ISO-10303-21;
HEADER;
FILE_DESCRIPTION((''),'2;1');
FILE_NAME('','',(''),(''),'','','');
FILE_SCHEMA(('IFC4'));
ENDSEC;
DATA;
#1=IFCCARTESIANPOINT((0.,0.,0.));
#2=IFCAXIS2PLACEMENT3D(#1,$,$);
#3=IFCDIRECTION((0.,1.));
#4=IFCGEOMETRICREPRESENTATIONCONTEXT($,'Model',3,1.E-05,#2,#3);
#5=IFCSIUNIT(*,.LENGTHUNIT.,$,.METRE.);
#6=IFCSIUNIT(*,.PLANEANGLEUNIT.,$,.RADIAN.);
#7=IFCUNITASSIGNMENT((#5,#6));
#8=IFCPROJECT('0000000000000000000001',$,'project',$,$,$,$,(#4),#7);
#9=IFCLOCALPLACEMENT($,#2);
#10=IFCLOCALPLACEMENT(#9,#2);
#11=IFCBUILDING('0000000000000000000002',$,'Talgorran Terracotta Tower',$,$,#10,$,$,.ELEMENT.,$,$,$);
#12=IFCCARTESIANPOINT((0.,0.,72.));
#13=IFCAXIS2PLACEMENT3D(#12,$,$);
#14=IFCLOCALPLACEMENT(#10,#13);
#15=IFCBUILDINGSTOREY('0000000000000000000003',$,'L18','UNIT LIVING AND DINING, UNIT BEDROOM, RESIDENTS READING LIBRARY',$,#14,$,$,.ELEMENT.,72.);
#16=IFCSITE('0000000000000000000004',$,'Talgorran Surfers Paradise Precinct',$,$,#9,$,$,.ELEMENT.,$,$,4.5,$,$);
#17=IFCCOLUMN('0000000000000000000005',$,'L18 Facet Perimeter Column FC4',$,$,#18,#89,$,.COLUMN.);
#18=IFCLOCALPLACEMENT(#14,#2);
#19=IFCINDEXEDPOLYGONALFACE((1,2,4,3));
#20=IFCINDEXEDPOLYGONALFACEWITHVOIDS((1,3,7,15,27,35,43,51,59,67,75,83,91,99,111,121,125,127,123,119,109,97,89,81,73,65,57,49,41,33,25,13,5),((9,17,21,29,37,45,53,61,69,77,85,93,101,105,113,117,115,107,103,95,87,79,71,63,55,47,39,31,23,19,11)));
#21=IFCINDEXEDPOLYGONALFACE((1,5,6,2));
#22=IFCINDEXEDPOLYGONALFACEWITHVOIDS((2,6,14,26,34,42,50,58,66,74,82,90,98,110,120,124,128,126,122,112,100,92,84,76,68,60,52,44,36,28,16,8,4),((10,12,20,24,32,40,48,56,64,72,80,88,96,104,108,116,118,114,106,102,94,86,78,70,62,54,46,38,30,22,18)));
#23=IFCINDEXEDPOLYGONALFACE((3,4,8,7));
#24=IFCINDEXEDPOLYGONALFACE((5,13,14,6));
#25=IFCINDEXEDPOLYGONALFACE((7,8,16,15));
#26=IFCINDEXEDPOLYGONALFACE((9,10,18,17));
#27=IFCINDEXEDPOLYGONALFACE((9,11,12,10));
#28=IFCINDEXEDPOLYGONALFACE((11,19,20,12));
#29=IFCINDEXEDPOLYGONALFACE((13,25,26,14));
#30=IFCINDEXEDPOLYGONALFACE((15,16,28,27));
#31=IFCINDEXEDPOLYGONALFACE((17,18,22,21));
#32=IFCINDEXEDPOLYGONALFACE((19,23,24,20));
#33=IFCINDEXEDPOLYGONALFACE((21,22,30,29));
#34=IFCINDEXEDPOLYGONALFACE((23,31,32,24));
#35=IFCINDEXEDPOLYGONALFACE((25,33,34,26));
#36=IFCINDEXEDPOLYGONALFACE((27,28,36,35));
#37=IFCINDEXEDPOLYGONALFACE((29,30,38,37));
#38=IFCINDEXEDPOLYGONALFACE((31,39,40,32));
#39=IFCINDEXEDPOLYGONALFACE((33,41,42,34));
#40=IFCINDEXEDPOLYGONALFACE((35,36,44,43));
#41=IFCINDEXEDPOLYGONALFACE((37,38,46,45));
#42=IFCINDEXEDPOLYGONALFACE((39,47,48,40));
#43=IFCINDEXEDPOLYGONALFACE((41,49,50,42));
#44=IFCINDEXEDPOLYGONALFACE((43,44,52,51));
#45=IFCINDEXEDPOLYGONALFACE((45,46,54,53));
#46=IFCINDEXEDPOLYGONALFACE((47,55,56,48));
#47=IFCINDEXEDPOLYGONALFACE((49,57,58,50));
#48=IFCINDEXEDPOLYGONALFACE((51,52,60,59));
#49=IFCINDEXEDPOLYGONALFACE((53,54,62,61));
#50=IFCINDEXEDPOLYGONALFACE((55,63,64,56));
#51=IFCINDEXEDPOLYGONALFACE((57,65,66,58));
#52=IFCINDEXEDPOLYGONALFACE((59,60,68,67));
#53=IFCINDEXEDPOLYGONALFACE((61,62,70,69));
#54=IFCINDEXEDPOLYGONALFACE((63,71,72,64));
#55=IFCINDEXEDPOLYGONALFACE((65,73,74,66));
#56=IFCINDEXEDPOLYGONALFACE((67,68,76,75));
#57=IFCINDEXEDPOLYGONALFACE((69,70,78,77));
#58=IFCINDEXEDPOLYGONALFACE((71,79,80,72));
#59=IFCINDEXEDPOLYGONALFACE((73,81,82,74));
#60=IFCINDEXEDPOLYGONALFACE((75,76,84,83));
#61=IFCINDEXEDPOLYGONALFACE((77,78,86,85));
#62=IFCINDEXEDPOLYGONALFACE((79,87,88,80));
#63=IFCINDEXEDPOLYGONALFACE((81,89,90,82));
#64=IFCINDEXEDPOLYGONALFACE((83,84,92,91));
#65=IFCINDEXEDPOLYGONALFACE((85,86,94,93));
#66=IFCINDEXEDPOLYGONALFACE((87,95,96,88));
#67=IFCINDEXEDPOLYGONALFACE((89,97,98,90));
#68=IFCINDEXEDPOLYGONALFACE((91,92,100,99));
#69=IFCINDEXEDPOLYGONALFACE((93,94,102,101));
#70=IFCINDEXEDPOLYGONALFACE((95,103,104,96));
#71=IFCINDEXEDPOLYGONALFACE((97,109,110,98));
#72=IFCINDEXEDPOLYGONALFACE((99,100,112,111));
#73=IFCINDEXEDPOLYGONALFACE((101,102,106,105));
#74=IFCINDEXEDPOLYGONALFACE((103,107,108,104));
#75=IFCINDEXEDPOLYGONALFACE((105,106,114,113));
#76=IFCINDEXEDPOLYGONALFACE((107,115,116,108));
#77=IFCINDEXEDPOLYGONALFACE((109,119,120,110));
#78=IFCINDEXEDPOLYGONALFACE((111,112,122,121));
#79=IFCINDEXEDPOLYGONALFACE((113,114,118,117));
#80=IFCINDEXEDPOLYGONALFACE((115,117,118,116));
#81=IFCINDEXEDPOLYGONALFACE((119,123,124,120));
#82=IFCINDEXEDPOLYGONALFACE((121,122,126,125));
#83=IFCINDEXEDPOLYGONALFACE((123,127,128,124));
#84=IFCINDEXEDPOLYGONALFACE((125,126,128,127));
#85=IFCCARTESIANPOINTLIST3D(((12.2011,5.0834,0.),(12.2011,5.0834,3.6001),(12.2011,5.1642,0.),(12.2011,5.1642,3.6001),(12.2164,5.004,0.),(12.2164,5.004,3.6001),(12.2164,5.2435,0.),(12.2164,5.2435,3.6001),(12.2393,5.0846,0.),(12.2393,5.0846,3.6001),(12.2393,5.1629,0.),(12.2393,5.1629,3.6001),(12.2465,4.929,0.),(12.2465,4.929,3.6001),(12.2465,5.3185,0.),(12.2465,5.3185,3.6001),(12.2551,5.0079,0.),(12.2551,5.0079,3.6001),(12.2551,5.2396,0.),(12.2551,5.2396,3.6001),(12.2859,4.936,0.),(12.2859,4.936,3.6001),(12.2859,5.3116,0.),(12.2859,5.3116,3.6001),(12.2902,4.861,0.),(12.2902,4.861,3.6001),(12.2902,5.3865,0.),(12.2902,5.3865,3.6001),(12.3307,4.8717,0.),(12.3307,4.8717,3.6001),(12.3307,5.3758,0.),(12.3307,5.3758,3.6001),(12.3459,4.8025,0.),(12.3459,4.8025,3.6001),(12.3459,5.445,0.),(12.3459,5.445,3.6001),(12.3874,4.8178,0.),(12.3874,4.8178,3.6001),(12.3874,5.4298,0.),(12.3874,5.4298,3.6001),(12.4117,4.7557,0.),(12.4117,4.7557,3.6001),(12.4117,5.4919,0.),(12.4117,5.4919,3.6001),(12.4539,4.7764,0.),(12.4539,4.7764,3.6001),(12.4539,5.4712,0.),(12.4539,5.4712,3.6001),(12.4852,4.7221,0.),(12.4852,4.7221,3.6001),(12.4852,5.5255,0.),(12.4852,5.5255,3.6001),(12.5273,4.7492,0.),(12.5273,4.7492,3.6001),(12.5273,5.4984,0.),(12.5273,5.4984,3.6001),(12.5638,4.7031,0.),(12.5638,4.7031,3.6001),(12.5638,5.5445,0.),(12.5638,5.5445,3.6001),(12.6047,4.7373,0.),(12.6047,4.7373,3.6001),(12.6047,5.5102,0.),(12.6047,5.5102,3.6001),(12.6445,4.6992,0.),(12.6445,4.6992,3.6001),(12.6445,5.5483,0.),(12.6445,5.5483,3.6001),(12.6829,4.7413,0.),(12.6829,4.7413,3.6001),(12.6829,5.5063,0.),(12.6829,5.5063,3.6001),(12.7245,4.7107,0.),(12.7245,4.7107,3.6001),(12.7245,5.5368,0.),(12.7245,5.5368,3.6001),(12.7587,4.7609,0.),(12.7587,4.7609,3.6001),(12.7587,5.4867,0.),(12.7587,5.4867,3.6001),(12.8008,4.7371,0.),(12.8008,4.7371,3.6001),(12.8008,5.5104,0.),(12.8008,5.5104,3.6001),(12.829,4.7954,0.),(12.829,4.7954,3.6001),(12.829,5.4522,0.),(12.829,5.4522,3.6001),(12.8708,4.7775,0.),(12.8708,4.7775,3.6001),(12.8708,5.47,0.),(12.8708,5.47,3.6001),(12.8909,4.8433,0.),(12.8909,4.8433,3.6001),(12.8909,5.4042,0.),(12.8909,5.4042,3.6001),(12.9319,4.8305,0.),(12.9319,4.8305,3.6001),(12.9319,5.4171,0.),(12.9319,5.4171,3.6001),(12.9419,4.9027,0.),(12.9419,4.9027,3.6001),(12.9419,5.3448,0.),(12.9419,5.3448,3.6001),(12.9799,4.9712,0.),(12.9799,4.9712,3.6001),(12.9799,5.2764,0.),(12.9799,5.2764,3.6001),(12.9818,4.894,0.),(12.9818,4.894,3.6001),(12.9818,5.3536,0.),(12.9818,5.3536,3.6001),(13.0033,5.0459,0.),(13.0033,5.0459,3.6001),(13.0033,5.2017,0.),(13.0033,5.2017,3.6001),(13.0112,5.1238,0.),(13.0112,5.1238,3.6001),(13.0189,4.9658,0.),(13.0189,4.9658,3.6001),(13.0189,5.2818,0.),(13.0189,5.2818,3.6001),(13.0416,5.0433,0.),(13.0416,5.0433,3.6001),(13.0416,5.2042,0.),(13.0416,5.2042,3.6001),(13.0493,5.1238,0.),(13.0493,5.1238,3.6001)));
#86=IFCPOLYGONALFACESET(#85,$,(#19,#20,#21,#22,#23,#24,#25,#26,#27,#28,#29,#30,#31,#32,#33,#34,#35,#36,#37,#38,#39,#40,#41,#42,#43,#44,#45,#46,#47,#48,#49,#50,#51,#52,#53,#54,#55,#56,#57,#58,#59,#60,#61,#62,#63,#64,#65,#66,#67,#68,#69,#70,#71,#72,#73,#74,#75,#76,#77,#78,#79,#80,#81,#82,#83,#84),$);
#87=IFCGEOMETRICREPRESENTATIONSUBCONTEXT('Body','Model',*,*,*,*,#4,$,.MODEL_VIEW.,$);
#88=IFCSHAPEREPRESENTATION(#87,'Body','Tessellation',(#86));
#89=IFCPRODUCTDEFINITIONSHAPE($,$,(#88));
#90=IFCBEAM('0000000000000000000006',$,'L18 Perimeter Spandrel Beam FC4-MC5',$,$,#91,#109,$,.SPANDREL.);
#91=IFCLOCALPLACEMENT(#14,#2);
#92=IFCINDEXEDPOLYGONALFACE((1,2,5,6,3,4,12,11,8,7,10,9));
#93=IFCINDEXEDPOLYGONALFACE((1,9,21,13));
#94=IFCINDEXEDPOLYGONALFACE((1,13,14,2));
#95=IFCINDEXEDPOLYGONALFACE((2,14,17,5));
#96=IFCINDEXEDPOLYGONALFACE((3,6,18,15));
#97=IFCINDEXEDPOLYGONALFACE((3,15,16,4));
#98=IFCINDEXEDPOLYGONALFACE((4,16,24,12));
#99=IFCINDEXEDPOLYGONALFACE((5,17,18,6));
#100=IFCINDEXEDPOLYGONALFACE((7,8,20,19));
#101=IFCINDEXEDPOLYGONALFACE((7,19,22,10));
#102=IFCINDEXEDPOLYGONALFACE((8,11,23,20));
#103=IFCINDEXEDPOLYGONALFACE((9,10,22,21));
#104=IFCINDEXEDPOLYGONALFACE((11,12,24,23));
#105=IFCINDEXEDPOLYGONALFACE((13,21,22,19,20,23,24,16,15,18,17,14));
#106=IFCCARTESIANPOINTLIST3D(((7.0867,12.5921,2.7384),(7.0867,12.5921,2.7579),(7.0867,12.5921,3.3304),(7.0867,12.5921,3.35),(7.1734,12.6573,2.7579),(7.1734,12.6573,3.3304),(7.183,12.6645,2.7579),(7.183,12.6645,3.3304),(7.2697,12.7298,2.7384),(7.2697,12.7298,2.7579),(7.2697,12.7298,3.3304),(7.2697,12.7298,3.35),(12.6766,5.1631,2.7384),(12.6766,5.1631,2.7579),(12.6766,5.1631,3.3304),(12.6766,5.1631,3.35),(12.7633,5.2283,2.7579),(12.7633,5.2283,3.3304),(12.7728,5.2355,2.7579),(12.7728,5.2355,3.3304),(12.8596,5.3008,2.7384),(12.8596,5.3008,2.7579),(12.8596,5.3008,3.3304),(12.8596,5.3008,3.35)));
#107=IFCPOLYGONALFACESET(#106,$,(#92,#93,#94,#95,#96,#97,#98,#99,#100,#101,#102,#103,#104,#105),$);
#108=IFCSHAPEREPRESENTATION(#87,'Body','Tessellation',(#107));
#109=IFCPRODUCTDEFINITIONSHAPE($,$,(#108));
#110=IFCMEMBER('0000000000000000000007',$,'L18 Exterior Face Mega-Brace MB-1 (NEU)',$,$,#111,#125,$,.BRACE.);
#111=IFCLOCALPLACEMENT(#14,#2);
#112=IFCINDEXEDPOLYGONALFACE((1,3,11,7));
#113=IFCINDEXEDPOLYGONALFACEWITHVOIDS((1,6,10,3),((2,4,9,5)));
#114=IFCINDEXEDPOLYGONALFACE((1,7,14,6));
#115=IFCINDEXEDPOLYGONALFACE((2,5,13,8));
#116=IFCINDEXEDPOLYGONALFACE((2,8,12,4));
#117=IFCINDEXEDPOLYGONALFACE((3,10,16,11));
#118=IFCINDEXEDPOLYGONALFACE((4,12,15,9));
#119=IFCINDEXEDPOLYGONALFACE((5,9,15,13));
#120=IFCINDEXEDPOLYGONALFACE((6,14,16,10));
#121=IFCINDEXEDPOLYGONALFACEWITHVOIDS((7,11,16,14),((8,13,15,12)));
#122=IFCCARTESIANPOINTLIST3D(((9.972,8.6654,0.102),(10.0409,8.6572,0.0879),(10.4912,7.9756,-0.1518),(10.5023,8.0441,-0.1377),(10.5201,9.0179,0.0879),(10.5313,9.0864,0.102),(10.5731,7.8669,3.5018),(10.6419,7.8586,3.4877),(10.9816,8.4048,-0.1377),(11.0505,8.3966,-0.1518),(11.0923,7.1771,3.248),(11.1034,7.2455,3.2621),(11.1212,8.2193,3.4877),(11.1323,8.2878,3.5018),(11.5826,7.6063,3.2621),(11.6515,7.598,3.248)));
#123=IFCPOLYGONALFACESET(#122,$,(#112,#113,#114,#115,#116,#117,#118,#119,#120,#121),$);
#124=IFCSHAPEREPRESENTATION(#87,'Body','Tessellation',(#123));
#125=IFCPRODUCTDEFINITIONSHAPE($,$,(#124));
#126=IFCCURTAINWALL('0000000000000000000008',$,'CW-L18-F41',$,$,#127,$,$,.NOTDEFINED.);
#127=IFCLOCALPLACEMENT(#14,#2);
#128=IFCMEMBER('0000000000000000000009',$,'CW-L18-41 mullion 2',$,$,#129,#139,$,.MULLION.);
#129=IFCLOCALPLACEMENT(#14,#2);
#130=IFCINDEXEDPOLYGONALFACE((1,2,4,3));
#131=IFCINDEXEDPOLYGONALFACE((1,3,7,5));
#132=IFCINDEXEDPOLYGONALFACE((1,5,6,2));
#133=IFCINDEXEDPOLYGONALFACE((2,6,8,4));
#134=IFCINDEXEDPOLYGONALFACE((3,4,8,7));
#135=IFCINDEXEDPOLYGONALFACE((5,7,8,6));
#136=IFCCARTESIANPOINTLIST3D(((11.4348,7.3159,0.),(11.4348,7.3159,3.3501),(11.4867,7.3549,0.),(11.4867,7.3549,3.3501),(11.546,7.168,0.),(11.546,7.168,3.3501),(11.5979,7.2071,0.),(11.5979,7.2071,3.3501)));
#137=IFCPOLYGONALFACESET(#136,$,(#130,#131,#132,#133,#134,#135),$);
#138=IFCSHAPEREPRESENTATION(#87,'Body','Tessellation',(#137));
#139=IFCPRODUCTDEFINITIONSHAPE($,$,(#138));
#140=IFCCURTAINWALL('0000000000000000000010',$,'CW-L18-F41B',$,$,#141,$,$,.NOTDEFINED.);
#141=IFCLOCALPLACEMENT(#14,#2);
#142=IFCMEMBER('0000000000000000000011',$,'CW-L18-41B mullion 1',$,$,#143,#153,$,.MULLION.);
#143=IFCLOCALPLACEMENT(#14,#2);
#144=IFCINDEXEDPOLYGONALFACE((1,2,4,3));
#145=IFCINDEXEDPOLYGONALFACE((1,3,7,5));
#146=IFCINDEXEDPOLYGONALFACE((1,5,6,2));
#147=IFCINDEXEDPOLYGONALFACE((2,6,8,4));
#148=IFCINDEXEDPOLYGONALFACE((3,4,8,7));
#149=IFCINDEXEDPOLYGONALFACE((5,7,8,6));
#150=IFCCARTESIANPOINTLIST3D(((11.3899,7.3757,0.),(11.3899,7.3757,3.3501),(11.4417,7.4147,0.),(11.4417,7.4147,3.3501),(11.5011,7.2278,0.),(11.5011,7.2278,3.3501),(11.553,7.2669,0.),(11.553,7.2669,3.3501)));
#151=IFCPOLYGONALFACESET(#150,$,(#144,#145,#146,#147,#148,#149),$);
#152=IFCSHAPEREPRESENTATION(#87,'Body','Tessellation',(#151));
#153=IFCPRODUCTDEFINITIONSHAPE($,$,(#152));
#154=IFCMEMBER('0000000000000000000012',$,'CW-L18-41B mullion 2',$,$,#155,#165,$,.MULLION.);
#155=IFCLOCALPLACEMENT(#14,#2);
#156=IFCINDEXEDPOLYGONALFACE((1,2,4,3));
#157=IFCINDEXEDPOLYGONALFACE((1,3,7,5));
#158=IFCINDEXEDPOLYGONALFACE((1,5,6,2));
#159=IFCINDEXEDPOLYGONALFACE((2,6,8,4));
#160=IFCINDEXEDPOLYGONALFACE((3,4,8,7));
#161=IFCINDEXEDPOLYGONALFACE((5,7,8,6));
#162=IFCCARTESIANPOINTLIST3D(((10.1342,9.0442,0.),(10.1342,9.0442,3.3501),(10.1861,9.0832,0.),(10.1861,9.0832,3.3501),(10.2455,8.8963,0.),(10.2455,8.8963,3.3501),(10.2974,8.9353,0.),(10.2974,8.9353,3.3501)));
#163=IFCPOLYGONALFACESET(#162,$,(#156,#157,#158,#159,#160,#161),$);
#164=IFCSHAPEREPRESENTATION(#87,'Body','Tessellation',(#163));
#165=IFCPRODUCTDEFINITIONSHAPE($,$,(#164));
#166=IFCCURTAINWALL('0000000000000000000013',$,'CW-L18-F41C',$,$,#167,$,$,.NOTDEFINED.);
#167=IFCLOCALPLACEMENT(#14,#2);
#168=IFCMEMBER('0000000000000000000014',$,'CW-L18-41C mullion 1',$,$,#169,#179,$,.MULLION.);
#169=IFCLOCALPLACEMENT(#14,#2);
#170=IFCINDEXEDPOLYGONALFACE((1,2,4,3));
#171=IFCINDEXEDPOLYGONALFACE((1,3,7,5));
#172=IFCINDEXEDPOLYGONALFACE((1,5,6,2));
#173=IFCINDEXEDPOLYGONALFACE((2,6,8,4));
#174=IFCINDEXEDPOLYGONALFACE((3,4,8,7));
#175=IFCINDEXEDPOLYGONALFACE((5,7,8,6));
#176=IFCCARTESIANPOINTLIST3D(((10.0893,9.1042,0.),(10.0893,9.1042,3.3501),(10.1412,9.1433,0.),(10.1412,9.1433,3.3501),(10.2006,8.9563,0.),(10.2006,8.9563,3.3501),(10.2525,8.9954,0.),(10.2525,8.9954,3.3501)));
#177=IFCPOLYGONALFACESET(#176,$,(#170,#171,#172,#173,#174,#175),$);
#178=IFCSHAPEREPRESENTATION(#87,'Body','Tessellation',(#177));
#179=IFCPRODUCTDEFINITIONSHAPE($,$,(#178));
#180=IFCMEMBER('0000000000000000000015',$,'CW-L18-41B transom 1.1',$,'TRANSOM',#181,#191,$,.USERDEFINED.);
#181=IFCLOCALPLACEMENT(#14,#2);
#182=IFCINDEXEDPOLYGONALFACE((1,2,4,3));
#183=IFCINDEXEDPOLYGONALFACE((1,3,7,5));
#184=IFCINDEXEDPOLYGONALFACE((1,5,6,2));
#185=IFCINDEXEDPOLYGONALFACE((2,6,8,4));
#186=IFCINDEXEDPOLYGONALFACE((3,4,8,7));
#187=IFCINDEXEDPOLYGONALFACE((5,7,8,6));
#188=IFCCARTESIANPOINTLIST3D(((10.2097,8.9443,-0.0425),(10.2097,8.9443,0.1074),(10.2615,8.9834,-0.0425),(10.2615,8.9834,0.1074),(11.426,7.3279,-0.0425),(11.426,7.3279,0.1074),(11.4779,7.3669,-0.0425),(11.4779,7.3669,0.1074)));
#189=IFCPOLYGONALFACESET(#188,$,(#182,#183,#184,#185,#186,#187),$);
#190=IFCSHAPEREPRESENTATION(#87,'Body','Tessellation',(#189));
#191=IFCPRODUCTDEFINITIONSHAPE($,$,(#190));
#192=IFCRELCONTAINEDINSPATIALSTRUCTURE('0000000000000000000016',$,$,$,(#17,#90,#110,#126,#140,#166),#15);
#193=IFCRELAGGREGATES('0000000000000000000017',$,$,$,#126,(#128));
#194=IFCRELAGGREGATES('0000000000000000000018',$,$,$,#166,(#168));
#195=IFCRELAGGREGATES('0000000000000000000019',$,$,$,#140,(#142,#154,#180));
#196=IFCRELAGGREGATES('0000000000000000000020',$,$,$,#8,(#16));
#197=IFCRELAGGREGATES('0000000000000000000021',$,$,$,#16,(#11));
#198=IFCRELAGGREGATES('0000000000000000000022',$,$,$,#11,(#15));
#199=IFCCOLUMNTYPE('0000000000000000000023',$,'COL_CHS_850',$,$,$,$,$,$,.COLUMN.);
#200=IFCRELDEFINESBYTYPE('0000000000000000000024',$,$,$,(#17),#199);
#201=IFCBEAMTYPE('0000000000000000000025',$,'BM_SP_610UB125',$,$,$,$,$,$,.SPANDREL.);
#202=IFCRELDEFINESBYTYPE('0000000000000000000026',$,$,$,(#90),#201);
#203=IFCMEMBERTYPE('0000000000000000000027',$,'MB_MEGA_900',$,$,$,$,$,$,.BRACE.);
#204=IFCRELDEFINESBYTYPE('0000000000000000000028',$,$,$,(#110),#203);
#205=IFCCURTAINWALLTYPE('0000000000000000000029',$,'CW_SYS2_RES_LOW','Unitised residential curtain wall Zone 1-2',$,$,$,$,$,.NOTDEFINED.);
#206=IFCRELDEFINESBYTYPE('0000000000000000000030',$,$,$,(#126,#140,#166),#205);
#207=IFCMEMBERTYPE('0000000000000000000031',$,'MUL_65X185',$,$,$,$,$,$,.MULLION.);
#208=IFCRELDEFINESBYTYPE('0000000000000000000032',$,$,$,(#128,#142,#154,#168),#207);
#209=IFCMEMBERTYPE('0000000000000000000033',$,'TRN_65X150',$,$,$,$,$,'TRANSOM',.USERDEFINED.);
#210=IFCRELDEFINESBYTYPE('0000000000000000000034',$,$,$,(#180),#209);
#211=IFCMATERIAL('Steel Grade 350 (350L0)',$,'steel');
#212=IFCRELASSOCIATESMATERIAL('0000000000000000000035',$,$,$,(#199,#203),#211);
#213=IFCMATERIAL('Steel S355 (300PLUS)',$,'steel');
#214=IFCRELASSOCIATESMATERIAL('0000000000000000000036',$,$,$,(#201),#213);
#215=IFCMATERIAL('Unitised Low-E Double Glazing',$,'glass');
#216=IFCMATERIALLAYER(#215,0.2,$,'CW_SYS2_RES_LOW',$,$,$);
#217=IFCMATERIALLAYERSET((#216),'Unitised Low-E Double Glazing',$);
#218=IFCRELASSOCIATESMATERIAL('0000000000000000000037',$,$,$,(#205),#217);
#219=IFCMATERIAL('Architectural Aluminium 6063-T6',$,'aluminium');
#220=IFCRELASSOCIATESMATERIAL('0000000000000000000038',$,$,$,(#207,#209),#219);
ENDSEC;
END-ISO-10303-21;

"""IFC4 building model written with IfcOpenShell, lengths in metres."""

from ifc_helpers import new_model, si_unit, direction, frame, origin, origin_2d, place, context, subcontext, project, spatial, rectangle, hollow_rectangle, hollow_circle, i_section, extrude, material, layer, layer_set, material_profile, profile_set, type_object, element, aggregate, save


model = new_model("IFC4")

# Units and contexts
model_context = context("Model", 3, precision=1e-05, world=origin(), true_north=direction((0.0, 1.0)))
body_context = subcontext(model_context, "Body", "Model", "MODEL_VIEW")
ifc_project = project(units=[si_unit("LENGTHUNIT", "METRE"), si_unit("PLANEANGLEUNIT", "RADIAN")], contexts=[model_context])

# Site, building, storey
site_placement = place(None, origin())
site = spatial("IfcSite", under=ifc_project, at=site_placement, Name="Talgorran Surfers Paradise Precinct", CompositionType="ELEMENT", RefElevation=4.5)
building_placement = place(site_placement, origin())
building = spatial("IfcBuilding", under=site, at=building_placement, Name="Talgorran Terracotta Tower", CompositionType="ELEMENT")
storey_placement = place(building_placement, frame((0.0, 0.0, 72.0)))
storey = spatial("IfcBuildingStorey", under=building, at=storey_placement, Name="L18", Description="UNIT LIVING AND DINING, UNIT BEDROOM, RESIDENTS READING LIBRARY", CompositionType="ELEMENT", Elevation=72.0)

# Column
ifc_material_1 = material(Name="Steel Grade 350 (350L0)", Category="steel")
ifc_material_profile_1 = material_profile(ifc_material_1, hollow_circle(Radius=0.425, WallThickness=0.0381, at=origin_2d()), Name="CHS850X38")
ifc_profile_set_1 = profile_set([ifc_material_profile_1], Name="Steel Grade 350 (350L0)")
column_type = type_object("IfcColumnType", Name="COL_CHS_850", PredefinedType="COLUMN", material=ifc_profile_set_1)
column_placement = place(storey_placement, frame((12.6243, 5.1238, 0.0), z_axis=(0.0, 0.0, 1.0), x_axis=(1.0, 0.0, 0.0)))
element("IfcColumn", 1, at=column_placement, inside=storey, type_object=column_type, Name="L18 Facet Perimeter Column FC4", PredefinedType="COLUMN", context=body_context, shape_type="SweptSolid", body=[
    extrude(hollow_circle(Radius=0.425, WallThickness=0.0381, at=origin_2d()), origin(), (0.0, 0.0, 1.0), 3.6001),
])

# Beam
ifc_material_2 = material(Name="Steel S355 (300PLUS)", Category="steel")
ifc_material_profile_2 = material_profile(ifc_material_2, i_section(OverallWidth=0.229, OverallDepth=0.6116, WebThickness=0.012, FlangeThickness=0.0195, at=origin_2d()), Name="610UB125")
ifc_profile_set_2 = profile_set([ifc_material_profile_2], Name="Steel S355 (300PLUS)")
beam_type = type_object("IfcBeamType", Name="BM_SP_610UB125", PredefinedType="SPANDREL", material=ifc_profile_set_2)
beam_placement = place(storey_placement, frame((12.7681, 5.2319, 3.0442), z_axis=(-0.601247, 0.799063, 0.0), x_axis=(-0.799063, -0.601247, 0.0)))
element("IfcBeam", 2, at=beam_placement, inside=storey, type_object=beam_type, Name="L18 Perimeter Spandrel Beam FC4-MC5", PredefinedType="SPANDREL", context=body_context, shape_type="SweptSolid", body=[
    extrude(i_section(OverallWidth=0.229, OverallDepth=0.6116, WebThickness=0.012, FlangeThickness=0.0195, at=origin_2d()), origin(), (0.0, 0.0, 1.0), 9.2971),
])

# Member
ifc_material_profile_3 = material_profile(ifc_material_1, hollow_rectangle(XDim=0.7, YDim=0.8999, WallThickness=0.05, at=origin_2d()), Name="WBOX900X700X50")
ifc_profile_set_3 = profile_set([ifc_material_profile_3], Name="Steel Grade 350 (350L0)")
member_type_1 = type_object("IfcMemberType", Name="MB_MEGA_900", PredefinedType="BRACE", material=ifc_profile_set_3)
member_1_placement = place(storey_placement, frame((10.5112, 8.531, -0.0249), z_axis=(0.169614, -0.225348, 0.9594), x_axis=(0.798973, 0.601367, 0.0)))
element("IfcMember", 3, at=member_1_placement, inside=storey, type_object=member_type_1, Name="L18 Exterior Face Mega-Brace MB-1 (NEU)", PredefinedType="BRACE", context=body_context, shape_type="SweptSolid", body=[
    extrude(hollow_rectangle(XDim=0.7, YDim=0.8999, WallThickness=0.05, at=origin_2d()), origin(), (0.0, 0.0, 1.0), 3.5437),
])

# Curtain wall, member
ifc_material_3 = material(Name="Unitised Low-E Double Glazing", Category="glass")
ifc_layer_1 = layer(ifc_material_3, 0.2, Name="CW_SYS2_RES_LOW")
ifc_layer_set_1 = layer_set([ifc_layer_1], Name="Unitised Low-E Double Glazing")
curtain_wall_type = type_object("IfcCurtainWallType", Name="CW_SYS2_RES_LOW", Description="Unitised residential curtain wall Zone 1-2", PredefinedType="NOTDEFINED", material=ifc_layer_set_1)
curtain_wall_1_placement = place(storey_placement, origin())
curtain_wall_1 = element("IfcCurtainWall", 4, at=curtain_wall_1_placement, inside=storey, type_object=curtain_wall_type, Name="CW-L18-F41", PredefinedType="NOTDEFINED")
ifc_material_4 = material(Name="Architectural Aluminium 6063-T6", Category="aluminium")
ifc_material_profile_4 = material_profile(ifc_material_4, rectangle(XDim=0.0649, YDim=0.1851, at=origin_2d()), Name="CWM65X185")
ifc_profile_set_4 = profile_set([ifc_material_profile_4], Name="Architectural Aluminium 6063-T6")
member_type_2 = type_object("IfcMemberType", Name="MUL_65X185", PredefinedType="MULLION", material=ifc_profile_set_4)
member_2_placement = place(storey_placement, frame((11.5164, 7.2615, 0.0), z_axis=(0.0, 0.0, 1.0), x_axis=(-0.799064, -0.601246, 0.0)))
member_2 = element("IfcMember", 5, at=member_2_placement, type_object=member_type_2, Name="CW-L18-41 mullion 2", PredefinedType="MULLION", context=body_context, shape_type="SweptSolid", body=[
    extrude(rectangle(XDim=0.0649, YDim=0.1851, at=origin_2d()), origin(), (0.0, 0.0, 1.0), 3.3501),
])
aggregate(curtain_wall_1, [member_2])

# Curtain wall, members
curtain_wall_2_placement = place(storey_placement, origin())
curtain_wall_2 = element("IfcCurtainWall", 6, at=curtain_wall_2_placement, inside=storey, type_object=curtain_wall_type, Name="CW-L18-F41B", PredefinedType="NOTDEFINED")
member_3_placement = place(storey_placement, frame((11.4714, 7.3213, 0.0), z_axis=(0.0, 0.0, 1.0), x_axis=(-0.799063, -0.601248, 0.0)))
member_3 = element("IfcMember", 7, at=member_3_placement, type_object=member_type_2, Name="CW-L18-41B mullion 1", PredefinedType="MULLION", context=body_context, shape_type="SweptSolid", body=[
    extrude(rectangle(XDim=0.0649, YDim=0.1851, at=origin_2d()), origin(), (0.0, 0.0, 1.0), 3.3501),
])
member_4_placement = place(storey_placement, frame((10.2158, 8.9897, 0.0), z_axis=(0.0, 0.0, 1.0), x_axis=(-0.799063, -0.601248, 0.0)))
member_4 = element("IfcMember", 8, at=member_4_placement, type_object=member_type_2, Name="CW-L18-41B mullion 2", PredefinedType="MULLION", context=body_context, shape_type="SweptSolid", body=[
    extrude(rectangle(XDim=0.0649, YDim=0.1851, at=origin_2d()), origin(), (0.0, 0.0, 1.0), 3.3501),
])

# Curtain wall, member
curtain_wall_3_placement = place(storey_placement, origin())
curtain_wall_3 = element("IfcCurtainWall", 9, at=curtain_wall_3_placement, inside=storey, type_object=curtain_wall_type, Name="CW-L18-F41C", PredefinedType="NOTDEFINED")
member_5_placement = place(storey_placement, frame((10.1709, 9.0498, 0.0), z_axis=(0.0, 0.0, 1.0), x_axis=(-0.799059, -0.601252, 0.0)))
member_5 = element("IfcMember", 10, at=member_5_placement, type_object=member_type_2, Name="CW-L18-41C mullion 1", PredefinedType="MULLION", context=body_context, shape_type="SweptSolid", body=[
    extrude(rectangle(XDim=0.0649, YDim=0.1851, at=origin_2d()), origin(), (0.0, 0.0, 1.0), 3.3501),
])

# Member
ifc_material_profile_5 = material_profile(ifc_material_4, rectangle(XDim=0.0649, YDim=0.1499, at=origin_2d()), Name="CWT65X150")
ifc_profile_set_5 = profile_set([ifc_material_profile_5], Name="Architectural Aluminium 6063-T6")
member_type_3 = type_object("IfcMemberType", Name="TRN_65X150", ElementType="TRANSOM", PredefinedType="USERDEFINED", material=ifc_profile_set_5)
member_6_placement = place(storey_placement, frame((11.4519, 7.3474, 0.0325), z_axis=(-0.601254, 0.799058, 0.0), x_axis=(-0.799058, -0.601254, 0.0)))
member_6 = element("IfcMember", 11, at=member_6_placement, type_object=member_type_3, Name="CW-L18-41B transom 1.1", ObjectType="TRANSOM", PredefinedType="USERDEFINED", context=body_context, shape_type="SweptSolid", body=[
    extrude(rectangle(XDim=0.0649, YDim=0.1499, at=origin_2d()), origin(), (0.0, 0.0, 1.0), 2.0229),
])
aggregate(curtain_wall_3, [member_5])

aggregate(curtain_wall_2, [member_3, member_4, member_6])

save(model, "model.ifc")
